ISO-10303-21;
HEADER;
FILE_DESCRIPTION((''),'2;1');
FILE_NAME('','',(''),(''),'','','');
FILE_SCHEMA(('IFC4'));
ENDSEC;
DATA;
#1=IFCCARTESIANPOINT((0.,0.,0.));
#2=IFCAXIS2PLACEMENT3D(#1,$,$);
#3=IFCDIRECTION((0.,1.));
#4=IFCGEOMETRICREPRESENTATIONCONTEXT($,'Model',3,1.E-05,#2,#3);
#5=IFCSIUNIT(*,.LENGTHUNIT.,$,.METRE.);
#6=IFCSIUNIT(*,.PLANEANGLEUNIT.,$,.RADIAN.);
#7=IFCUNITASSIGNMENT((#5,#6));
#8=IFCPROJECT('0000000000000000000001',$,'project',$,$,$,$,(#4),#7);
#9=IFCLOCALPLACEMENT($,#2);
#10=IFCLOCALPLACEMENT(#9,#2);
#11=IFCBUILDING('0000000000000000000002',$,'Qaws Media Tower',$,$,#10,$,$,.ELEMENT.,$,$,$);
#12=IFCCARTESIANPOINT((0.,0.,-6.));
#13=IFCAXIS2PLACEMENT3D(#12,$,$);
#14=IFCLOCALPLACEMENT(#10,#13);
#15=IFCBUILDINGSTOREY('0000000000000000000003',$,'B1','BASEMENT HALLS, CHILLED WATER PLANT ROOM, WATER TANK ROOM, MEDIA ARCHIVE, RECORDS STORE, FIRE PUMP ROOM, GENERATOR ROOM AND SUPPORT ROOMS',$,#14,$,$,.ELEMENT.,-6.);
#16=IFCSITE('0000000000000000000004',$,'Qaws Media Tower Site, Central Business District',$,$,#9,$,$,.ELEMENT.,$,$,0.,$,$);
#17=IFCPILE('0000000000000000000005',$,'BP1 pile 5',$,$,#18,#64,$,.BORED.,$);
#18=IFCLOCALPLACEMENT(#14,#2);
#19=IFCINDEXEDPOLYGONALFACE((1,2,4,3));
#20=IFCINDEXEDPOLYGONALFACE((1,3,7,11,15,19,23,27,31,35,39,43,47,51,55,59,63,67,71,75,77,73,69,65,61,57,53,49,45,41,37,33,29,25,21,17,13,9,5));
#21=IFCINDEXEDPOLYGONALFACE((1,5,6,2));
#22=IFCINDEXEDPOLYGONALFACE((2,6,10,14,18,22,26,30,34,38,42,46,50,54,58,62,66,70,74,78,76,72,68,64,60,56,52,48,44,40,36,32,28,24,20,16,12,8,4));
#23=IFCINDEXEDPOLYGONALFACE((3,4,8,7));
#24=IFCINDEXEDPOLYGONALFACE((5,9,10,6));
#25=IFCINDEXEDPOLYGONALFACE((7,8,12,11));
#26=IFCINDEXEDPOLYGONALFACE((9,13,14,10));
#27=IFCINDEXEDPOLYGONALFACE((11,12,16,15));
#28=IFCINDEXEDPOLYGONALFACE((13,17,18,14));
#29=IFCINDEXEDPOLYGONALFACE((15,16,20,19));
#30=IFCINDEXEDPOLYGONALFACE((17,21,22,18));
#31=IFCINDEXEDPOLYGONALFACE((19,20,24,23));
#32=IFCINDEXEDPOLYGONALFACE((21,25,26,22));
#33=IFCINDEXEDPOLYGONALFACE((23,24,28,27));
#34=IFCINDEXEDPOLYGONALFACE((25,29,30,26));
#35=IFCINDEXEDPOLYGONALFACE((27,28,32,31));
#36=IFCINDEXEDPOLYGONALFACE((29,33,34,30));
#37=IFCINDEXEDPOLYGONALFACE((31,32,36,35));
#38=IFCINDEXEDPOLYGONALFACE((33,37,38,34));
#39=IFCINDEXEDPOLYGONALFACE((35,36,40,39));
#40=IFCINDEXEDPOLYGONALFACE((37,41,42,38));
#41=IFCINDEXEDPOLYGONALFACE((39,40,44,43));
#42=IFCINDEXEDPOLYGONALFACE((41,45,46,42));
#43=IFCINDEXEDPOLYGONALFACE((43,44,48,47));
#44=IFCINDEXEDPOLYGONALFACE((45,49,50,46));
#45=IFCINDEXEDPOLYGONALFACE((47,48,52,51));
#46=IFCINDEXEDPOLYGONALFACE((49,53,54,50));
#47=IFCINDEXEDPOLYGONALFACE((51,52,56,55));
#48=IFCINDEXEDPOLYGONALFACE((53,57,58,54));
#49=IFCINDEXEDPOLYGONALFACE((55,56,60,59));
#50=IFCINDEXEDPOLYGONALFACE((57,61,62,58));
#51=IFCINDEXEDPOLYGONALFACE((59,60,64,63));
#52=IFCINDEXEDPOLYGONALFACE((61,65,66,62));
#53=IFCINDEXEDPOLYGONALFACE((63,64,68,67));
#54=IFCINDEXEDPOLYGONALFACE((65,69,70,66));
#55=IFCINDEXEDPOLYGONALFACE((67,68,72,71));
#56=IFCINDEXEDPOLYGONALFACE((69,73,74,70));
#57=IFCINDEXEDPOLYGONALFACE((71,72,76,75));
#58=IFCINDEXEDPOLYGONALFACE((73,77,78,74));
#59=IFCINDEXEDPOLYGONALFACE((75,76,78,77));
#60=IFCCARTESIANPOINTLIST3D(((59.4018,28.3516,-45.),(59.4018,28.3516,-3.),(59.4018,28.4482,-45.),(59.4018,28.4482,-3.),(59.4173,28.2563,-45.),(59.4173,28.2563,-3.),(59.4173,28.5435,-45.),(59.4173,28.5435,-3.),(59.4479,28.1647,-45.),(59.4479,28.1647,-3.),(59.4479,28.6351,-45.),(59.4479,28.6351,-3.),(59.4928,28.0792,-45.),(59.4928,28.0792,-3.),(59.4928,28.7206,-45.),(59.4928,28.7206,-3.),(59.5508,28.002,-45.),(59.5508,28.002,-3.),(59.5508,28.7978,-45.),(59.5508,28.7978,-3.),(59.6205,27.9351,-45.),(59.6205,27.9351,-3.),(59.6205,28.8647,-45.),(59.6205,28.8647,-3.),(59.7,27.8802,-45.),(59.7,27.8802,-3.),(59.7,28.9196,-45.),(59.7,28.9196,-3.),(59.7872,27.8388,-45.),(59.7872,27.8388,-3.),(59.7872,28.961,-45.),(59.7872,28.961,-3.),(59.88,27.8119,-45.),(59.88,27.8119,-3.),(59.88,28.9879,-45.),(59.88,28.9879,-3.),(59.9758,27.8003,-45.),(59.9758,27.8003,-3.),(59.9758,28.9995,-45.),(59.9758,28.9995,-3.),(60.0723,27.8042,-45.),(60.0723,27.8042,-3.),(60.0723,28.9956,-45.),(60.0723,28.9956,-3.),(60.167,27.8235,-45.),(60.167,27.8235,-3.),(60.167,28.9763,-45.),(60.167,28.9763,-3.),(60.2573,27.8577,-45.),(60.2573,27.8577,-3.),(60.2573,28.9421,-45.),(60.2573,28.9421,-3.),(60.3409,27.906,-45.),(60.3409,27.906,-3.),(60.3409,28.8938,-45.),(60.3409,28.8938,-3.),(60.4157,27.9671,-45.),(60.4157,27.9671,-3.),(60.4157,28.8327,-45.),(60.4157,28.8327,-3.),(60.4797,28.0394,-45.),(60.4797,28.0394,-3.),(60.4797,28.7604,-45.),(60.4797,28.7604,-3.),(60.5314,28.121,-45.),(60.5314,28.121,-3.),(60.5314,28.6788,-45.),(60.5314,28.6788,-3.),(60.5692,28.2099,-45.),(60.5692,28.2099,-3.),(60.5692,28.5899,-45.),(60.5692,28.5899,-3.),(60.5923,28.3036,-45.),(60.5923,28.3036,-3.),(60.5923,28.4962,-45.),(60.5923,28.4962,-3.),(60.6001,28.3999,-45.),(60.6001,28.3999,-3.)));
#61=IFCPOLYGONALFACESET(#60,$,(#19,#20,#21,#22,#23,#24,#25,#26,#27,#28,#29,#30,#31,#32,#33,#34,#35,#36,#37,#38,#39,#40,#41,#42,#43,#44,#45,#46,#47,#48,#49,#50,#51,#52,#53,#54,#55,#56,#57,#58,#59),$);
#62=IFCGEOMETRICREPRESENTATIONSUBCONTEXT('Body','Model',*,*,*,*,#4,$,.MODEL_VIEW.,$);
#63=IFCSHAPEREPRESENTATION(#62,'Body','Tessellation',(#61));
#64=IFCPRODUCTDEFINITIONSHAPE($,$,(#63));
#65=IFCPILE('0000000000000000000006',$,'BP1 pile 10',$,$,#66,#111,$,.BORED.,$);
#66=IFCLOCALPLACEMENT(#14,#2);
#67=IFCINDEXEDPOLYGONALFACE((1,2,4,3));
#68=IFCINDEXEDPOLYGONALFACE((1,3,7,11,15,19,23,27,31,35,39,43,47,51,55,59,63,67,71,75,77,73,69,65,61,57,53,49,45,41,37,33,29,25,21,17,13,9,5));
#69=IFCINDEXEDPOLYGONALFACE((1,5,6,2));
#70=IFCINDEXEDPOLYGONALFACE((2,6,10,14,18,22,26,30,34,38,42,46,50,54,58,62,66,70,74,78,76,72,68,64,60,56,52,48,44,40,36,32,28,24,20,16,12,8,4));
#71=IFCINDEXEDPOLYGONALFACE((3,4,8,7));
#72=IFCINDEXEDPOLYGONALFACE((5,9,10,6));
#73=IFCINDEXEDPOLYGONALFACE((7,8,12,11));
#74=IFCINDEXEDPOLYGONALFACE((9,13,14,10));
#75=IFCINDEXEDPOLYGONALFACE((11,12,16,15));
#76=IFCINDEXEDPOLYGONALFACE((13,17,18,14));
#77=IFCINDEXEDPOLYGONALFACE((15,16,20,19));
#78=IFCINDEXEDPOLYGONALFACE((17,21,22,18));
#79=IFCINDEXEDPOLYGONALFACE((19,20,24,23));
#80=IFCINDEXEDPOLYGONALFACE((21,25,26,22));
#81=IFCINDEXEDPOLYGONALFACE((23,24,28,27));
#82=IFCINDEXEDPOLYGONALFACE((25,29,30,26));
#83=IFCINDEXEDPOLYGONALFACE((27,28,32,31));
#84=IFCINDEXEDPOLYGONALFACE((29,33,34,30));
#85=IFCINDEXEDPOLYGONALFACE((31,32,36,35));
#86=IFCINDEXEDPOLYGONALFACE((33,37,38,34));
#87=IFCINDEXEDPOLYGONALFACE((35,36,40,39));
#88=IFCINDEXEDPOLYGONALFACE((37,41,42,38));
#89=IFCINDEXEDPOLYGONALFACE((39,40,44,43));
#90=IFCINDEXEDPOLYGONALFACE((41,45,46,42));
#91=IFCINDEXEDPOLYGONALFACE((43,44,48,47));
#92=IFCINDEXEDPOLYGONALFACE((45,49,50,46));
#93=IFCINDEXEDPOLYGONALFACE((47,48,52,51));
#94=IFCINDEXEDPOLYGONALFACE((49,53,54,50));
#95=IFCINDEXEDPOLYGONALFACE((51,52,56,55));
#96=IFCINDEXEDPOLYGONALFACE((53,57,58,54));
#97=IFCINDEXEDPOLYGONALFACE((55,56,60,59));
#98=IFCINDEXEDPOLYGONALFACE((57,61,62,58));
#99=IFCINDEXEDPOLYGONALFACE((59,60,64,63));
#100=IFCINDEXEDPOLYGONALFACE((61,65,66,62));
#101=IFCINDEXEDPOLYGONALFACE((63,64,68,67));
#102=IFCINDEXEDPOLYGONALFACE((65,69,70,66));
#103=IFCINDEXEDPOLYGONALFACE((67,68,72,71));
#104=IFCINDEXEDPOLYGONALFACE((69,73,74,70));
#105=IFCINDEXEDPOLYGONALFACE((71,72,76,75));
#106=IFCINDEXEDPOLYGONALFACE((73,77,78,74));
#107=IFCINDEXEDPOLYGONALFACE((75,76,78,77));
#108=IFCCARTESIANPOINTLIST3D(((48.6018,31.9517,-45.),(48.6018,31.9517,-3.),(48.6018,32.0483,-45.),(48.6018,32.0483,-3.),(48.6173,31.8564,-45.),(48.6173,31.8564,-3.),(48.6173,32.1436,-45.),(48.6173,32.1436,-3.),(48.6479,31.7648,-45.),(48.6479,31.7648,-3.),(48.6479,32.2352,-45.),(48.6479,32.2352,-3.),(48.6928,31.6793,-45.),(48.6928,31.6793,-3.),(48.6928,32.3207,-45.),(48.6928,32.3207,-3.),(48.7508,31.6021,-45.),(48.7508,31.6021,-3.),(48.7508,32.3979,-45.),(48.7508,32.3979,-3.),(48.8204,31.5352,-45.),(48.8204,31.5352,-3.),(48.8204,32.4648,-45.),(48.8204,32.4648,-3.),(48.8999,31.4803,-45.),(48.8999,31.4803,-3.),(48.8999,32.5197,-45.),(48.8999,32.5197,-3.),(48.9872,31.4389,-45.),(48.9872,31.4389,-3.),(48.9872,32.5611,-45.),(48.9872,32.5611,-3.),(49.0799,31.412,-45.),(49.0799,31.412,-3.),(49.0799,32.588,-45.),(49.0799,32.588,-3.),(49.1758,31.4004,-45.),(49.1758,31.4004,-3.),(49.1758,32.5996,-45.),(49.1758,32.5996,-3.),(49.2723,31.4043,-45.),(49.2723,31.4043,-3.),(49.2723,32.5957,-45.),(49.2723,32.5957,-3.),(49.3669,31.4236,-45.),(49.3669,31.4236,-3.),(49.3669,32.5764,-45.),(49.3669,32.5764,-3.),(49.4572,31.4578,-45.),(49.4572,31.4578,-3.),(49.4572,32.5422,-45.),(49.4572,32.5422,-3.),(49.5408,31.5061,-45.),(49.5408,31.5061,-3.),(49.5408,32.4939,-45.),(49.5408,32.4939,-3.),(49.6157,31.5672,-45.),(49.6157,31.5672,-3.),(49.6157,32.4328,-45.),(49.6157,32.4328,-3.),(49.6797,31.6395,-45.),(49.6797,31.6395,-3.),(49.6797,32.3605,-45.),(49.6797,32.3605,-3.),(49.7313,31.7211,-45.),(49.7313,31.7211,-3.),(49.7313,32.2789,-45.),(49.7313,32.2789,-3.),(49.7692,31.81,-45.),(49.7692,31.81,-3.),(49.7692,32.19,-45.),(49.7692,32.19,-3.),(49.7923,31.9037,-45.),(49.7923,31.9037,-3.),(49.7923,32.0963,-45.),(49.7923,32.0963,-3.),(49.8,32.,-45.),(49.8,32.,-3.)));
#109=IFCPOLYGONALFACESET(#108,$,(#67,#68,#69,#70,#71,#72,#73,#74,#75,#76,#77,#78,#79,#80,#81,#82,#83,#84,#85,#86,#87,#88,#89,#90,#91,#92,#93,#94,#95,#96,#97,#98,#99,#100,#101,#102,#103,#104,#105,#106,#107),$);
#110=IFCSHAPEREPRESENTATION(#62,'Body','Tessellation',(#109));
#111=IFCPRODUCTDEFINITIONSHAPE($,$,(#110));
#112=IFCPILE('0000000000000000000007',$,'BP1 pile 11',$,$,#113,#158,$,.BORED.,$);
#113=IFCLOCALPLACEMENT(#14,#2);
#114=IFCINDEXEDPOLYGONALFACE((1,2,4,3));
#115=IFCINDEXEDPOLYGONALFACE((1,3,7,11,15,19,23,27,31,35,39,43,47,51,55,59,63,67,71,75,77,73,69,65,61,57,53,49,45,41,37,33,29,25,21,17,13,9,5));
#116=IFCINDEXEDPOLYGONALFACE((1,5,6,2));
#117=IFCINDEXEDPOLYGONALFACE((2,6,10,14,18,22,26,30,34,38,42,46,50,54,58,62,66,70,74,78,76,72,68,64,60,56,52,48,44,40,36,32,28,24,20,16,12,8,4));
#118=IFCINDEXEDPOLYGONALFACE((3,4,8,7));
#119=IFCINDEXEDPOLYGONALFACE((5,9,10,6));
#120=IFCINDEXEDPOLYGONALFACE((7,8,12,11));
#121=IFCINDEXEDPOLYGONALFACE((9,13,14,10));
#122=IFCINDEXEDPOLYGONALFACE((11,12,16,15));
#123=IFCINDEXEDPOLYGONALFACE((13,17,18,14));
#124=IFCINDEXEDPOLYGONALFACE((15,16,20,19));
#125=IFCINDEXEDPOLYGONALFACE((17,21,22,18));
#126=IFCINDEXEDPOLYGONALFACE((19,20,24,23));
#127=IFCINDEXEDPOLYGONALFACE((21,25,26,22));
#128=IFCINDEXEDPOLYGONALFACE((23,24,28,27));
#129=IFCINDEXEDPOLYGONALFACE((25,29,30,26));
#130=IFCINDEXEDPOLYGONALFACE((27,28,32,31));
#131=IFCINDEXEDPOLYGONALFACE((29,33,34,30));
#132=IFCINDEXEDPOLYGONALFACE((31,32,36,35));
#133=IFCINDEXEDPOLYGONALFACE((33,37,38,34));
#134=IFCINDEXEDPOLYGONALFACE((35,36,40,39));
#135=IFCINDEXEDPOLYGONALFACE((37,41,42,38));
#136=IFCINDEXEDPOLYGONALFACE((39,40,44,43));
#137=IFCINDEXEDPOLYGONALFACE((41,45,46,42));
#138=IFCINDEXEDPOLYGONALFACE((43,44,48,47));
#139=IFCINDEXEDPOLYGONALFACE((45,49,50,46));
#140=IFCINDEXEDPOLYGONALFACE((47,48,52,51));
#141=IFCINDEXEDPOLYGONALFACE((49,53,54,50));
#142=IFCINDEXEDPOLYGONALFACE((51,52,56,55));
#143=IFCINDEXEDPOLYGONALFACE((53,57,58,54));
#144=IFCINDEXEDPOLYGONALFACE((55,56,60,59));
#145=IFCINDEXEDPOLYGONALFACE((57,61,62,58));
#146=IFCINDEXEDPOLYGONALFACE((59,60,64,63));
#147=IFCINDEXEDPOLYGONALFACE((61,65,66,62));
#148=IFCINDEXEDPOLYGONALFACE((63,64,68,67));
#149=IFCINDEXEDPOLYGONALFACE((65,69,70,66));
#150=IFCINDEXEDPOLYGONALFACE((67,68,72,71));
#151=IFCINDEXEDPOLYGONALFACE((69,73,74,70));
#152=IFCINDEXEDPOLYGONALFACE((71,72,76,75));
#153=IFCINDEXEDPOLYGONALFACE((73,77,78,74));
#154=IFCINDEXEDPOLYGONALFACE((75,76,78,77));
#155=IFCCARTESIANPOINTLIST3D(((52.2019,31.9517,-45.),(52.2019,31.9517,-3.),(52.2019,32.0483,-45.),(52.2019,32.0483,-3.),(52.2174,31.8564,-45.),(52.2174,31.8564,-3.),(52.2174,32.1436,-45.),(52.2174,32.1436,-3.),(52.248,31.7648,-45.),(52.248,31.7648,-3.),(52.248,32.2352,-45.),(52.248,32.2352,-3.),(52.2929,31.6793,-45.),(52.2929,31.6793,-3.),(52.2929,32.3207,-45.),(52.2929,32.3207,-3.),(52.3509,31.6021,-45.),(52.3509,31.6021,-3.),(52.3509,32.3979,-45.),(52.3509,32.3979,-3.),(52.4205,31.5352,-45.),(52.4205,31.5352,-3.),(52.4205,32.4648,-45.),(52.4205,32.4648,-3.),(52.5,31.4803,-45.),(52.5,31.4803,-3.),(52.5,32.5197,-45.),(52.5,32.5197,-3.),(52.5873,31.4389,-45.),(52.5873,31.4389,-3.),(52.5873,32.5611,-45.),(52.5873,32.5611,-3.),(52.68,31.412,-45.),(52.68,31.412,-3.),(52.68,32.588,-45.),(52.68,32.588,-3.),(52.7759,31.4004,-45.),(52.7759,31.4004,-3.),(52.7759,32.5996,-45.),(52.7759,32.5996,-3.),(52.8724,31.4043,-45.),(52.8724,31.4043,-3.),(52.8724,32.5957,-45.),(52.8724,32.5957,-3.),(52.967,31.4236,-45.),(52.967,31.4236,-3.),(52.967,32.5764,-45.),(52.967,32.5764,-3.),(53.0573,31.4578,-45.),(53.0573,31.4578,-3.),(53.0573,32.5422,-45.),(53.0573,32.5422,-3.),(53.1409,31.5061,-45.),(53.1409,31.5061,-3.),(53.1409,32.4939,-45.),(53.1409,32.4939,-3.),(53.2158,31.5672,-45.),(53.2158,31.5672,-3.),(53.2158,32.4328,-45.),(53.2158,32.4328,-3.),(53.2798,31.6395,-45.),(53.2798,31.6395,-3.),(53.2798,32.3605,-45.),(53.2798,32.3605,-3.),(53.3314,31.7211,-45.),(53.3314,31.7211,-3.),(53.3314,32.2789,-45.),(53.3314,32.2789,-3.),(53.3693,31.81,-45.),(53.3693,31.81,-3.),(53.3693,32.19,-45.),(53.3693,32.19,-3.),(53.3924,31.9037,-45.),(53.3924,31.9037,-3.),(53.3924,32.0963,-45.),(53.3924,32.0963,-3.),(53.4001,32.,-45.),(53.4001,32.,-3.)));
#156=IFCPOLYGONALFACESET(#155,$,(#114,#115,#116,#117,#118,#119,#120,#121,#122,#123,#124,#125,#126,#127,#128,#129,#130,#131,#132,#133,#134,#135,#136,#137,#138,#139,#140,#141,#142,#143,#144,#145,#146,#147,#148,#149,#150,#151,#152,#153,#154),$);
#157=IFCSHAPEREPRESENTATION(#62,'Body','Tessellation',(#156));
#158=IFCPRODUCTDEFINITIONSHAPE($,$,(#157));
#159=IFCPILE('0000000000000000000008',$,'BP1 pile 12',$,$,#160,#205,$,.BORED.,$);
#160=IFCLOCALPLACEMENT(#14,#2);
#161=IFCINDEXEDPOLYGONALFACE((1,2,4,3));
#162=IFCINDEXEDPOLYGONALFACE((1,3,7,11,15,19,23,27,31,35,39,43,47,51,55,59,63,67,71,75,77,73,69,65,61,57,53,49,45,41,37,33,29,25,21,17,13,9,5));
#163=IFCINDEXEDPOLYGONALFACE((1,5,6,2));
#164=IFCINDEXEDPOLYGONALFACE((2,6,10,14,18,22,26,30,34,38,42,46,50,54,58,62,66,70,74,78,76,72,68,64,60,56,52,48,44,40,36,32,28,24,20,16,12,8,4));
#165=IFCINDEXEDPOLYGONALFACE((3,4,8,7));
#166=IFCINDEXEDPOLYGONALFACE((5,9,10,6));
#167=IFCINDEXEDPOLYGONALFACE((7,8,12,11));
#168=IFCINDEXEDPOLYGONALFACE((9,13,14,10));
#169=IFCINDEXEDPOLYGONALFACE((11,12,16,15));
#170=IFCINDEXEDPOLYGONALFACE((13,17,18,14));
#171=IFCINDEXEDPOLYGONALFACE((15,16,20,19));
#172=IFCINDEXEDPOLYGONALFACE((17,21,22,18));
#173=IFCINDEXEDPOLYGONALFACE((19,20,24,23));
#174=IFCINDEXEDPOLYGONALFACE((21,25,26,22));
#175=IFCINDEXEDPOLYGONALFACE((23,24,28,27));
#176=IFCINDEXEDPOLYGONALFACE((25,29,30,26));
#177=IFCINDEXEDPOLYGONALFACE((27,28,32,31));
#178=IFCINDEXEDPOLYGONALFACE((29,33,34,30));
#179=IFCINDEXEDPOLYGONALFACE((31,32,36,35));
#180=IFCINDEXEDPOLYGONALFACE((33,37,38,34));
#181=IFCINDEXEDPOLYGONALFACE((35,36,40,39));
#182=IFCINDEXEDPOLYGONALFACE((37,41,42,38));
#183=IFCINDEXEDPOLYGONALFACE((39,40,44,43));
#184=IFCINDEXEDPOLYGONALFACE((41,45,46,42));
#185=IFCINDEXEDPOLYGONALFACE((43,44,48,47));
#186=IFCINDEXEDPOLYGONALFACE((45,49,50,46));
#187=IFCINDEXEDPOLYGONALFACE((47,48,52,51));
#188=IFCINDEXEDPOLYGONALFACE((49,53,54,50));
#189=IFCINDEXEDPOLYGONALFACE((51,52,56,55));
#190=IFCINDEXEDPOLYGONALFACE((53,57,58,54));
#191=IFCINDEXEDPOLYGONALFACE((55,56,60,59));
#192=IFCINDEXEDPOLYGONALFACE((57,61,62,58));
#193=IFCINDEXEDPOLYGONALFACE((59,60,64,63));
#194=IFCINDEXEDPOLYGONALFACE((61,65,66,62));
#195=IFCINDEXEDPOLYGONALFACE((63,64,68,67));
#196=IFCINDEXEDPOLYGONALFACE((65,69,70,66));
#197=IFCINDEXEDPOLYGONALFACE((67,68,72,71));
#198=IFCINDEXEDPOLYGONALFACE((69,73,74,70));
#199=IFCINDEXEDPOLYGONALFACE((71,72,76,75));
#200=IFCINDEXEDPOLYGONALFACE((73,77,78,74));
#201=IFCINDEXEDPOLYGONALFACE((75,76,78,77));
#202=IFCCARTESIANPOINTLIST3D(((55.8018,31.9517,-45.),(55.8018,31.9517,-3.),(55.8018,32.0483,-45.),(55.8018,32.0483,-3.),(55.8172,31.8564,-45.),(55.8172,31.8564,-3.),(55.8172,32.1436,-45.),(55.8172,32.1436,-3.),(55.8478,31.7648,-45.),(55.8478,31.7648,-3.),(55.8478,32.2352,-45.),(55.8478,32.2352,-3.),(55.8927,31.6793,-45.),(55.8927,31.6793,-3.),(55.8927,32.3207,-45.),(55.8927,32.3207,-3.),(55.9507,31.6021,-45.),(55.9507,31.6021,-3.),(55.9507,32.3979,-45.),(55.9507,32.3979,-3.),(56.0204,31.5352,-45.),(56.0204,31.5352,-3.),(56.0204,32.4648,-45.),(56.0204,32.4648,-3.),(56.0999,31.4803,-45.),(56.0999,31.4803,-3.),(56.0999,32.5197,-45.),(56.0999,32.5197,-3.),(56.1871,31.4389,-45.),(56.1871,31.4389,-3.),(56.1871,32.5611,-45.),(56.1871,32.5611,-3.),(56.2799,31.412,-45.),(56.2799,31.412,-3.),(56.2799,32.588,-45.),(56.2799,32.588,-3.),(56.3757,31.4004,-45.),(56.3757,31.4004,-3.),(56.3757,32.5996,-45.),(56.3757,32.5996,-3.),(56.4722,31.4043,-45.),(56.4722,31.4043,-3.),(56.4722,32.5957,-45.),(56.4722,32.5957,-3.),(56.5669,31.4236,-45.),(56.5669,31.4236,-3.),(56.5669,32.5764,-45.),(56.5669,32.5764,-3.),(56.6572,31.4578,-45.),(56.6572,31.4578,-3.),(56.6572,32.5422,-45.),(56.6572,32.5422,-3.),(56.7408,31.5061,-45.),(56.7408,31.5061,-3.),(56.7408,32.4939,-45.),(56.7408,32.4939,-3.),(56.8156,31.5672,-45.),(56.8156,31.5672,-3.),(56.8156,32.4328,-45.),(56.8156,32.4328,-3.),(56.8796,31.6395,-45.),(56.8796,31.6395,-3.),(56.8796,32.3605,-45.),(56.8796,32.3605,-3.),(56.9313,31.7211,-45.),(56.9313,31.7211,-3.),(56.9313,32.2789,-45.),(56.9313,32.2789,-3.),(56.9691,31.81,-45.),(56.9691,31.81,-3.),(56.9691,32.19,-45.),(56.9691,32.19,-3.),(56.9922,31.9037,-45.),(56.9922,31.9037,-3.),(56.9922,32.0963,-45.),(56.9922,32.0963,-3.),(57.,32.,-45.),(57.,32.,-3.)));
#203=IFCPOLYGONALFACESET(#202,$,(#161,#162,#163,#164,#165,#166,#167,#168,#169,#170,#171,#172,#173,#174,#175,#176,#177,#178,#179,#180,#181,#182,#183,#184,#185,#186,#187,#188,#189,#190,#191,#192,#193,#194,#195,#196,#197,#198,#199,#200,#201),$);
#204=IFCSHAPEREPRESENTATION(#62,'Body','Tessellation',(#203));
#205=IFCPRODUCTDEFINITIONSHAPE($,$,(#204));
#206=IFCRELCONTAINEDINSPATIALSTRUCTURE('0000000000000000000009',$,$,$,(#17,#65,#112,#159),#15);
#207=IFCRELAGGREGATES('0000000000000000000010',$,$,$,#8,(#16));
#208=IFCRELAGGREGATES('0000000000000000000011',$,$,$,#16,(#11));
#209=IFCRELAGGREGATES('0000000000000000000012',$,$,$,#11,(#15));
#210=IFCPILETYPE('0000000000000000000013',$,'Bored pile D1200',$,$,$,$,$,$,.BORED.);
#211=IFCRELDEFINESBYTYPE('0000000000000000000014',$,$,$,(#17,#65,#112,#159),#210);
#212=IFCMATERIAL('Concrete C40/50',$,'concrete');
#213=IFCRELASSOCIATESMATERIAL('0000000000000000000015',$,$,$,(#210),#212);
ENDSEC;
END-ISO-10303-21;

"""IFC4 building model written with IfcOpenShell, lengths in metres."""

from ifc_helpers import new_model, si_unit, direction, frame, origin, origin_2d, place, context, subcontext, project, spatial, circle, extrude, material, material_profile, profile_set, type_object, element, save


model = new_model("IFC4")

# Units and contexts
model_context = context("Model", 3, precision=1e-05, world=origin(), true_north=direction((0.0, 1.0)))
body_context = subcontext(model_context, "Body", "Model", "MODEL_VIEW")
ifc_project = project(units=[si_unit("LENGTHUNIT", "METRE"), si_unit("PLANEANGLEUNIT", "RADIAN")], contexts=[model_context])

# Site, building, storey
site_placement = place(None, origin())
site = spatial("IfcSite", under=ifc_project, at=site_placement, Name="Qaws Media Tower Site, Central Business District", CompositionType="ELEMENT", RefElevation=0.0)
building_placement = place(site_placement, origin())
building = spatial("IfcBuilding", under=site, at=building_placement, Name="Qaws Media Tower", CompositionType="ELEMENT")
storey_placement = place(building_placement, frame((0.0, 0.0, -6.0)))
storey = spatial("IfcBuildingStorey", under=building, at=storey_placement, Name="B1", Description="BASEMENT HALLS, CHILLED WATER PLANT ROOM, WATER TANK ROOM, MEDIA ARCHIVE, RECORDS STORE, FIRE PUMP ROOM, GENERATOR ROOM AND SUPPORT ROOMS", CompositionType="ELEMENT", Elevation=-6.0)

# Piles
ifc_material_1 = material(Name="Concrete C40/50", Category="concrete")
ifc_material_profile_1 = material_profile(ifc_material_1, circle(Radius=0.6001, at=origin_2d()), Name="D1200")
ifc_profile_set_1 = profile_set([ifc_material_profile_1], Name="Concrete C40/50")
pile_type_1 = type_object("IfcPileType", Name="Bored pile D1200", PredefinedType="BORED", material=ifc_profile_set_1)
for number, where, z_axis, x_axis, name in (
    (1, (60.0, 28.3999, -3.0), (0.0, 0.0, -1.0), (1.0, 0.0, 0.0), "BP1 pile 5"),
    (2, (49.2, 32.0, -3.0), (0.0, 0.0, -1.0), (1.0, 0.0, 0.0), "BP1 pile 10"),
    (3, (52.8, 32.0, -3.0), (0.0, 0.0, -1.0), (1.0, 0.0, 0.0), "BP1 pile 11"),
    (4, (56.3999, 32.0, -3.0), (0.0, 0.0, -1.0), (1.0, 0.0, 0.0), "BP1 pile 12"),
):
    element("IfcPile", number, at=place(storey_placement, frame(where, z_axis=z_axis, x_axis=x_axis)), inside=storey, type_object=pile_type_1, Name=name, PredefinedType="BORED", context=body_context, shape_type="SweptSolid", body=[
        extrude(circle(Radius=0.6001, at=origin_2d()), origin(), (0.0, 0.0, 1.0), 42.0),
    ])

save(model, "model.ifc")
